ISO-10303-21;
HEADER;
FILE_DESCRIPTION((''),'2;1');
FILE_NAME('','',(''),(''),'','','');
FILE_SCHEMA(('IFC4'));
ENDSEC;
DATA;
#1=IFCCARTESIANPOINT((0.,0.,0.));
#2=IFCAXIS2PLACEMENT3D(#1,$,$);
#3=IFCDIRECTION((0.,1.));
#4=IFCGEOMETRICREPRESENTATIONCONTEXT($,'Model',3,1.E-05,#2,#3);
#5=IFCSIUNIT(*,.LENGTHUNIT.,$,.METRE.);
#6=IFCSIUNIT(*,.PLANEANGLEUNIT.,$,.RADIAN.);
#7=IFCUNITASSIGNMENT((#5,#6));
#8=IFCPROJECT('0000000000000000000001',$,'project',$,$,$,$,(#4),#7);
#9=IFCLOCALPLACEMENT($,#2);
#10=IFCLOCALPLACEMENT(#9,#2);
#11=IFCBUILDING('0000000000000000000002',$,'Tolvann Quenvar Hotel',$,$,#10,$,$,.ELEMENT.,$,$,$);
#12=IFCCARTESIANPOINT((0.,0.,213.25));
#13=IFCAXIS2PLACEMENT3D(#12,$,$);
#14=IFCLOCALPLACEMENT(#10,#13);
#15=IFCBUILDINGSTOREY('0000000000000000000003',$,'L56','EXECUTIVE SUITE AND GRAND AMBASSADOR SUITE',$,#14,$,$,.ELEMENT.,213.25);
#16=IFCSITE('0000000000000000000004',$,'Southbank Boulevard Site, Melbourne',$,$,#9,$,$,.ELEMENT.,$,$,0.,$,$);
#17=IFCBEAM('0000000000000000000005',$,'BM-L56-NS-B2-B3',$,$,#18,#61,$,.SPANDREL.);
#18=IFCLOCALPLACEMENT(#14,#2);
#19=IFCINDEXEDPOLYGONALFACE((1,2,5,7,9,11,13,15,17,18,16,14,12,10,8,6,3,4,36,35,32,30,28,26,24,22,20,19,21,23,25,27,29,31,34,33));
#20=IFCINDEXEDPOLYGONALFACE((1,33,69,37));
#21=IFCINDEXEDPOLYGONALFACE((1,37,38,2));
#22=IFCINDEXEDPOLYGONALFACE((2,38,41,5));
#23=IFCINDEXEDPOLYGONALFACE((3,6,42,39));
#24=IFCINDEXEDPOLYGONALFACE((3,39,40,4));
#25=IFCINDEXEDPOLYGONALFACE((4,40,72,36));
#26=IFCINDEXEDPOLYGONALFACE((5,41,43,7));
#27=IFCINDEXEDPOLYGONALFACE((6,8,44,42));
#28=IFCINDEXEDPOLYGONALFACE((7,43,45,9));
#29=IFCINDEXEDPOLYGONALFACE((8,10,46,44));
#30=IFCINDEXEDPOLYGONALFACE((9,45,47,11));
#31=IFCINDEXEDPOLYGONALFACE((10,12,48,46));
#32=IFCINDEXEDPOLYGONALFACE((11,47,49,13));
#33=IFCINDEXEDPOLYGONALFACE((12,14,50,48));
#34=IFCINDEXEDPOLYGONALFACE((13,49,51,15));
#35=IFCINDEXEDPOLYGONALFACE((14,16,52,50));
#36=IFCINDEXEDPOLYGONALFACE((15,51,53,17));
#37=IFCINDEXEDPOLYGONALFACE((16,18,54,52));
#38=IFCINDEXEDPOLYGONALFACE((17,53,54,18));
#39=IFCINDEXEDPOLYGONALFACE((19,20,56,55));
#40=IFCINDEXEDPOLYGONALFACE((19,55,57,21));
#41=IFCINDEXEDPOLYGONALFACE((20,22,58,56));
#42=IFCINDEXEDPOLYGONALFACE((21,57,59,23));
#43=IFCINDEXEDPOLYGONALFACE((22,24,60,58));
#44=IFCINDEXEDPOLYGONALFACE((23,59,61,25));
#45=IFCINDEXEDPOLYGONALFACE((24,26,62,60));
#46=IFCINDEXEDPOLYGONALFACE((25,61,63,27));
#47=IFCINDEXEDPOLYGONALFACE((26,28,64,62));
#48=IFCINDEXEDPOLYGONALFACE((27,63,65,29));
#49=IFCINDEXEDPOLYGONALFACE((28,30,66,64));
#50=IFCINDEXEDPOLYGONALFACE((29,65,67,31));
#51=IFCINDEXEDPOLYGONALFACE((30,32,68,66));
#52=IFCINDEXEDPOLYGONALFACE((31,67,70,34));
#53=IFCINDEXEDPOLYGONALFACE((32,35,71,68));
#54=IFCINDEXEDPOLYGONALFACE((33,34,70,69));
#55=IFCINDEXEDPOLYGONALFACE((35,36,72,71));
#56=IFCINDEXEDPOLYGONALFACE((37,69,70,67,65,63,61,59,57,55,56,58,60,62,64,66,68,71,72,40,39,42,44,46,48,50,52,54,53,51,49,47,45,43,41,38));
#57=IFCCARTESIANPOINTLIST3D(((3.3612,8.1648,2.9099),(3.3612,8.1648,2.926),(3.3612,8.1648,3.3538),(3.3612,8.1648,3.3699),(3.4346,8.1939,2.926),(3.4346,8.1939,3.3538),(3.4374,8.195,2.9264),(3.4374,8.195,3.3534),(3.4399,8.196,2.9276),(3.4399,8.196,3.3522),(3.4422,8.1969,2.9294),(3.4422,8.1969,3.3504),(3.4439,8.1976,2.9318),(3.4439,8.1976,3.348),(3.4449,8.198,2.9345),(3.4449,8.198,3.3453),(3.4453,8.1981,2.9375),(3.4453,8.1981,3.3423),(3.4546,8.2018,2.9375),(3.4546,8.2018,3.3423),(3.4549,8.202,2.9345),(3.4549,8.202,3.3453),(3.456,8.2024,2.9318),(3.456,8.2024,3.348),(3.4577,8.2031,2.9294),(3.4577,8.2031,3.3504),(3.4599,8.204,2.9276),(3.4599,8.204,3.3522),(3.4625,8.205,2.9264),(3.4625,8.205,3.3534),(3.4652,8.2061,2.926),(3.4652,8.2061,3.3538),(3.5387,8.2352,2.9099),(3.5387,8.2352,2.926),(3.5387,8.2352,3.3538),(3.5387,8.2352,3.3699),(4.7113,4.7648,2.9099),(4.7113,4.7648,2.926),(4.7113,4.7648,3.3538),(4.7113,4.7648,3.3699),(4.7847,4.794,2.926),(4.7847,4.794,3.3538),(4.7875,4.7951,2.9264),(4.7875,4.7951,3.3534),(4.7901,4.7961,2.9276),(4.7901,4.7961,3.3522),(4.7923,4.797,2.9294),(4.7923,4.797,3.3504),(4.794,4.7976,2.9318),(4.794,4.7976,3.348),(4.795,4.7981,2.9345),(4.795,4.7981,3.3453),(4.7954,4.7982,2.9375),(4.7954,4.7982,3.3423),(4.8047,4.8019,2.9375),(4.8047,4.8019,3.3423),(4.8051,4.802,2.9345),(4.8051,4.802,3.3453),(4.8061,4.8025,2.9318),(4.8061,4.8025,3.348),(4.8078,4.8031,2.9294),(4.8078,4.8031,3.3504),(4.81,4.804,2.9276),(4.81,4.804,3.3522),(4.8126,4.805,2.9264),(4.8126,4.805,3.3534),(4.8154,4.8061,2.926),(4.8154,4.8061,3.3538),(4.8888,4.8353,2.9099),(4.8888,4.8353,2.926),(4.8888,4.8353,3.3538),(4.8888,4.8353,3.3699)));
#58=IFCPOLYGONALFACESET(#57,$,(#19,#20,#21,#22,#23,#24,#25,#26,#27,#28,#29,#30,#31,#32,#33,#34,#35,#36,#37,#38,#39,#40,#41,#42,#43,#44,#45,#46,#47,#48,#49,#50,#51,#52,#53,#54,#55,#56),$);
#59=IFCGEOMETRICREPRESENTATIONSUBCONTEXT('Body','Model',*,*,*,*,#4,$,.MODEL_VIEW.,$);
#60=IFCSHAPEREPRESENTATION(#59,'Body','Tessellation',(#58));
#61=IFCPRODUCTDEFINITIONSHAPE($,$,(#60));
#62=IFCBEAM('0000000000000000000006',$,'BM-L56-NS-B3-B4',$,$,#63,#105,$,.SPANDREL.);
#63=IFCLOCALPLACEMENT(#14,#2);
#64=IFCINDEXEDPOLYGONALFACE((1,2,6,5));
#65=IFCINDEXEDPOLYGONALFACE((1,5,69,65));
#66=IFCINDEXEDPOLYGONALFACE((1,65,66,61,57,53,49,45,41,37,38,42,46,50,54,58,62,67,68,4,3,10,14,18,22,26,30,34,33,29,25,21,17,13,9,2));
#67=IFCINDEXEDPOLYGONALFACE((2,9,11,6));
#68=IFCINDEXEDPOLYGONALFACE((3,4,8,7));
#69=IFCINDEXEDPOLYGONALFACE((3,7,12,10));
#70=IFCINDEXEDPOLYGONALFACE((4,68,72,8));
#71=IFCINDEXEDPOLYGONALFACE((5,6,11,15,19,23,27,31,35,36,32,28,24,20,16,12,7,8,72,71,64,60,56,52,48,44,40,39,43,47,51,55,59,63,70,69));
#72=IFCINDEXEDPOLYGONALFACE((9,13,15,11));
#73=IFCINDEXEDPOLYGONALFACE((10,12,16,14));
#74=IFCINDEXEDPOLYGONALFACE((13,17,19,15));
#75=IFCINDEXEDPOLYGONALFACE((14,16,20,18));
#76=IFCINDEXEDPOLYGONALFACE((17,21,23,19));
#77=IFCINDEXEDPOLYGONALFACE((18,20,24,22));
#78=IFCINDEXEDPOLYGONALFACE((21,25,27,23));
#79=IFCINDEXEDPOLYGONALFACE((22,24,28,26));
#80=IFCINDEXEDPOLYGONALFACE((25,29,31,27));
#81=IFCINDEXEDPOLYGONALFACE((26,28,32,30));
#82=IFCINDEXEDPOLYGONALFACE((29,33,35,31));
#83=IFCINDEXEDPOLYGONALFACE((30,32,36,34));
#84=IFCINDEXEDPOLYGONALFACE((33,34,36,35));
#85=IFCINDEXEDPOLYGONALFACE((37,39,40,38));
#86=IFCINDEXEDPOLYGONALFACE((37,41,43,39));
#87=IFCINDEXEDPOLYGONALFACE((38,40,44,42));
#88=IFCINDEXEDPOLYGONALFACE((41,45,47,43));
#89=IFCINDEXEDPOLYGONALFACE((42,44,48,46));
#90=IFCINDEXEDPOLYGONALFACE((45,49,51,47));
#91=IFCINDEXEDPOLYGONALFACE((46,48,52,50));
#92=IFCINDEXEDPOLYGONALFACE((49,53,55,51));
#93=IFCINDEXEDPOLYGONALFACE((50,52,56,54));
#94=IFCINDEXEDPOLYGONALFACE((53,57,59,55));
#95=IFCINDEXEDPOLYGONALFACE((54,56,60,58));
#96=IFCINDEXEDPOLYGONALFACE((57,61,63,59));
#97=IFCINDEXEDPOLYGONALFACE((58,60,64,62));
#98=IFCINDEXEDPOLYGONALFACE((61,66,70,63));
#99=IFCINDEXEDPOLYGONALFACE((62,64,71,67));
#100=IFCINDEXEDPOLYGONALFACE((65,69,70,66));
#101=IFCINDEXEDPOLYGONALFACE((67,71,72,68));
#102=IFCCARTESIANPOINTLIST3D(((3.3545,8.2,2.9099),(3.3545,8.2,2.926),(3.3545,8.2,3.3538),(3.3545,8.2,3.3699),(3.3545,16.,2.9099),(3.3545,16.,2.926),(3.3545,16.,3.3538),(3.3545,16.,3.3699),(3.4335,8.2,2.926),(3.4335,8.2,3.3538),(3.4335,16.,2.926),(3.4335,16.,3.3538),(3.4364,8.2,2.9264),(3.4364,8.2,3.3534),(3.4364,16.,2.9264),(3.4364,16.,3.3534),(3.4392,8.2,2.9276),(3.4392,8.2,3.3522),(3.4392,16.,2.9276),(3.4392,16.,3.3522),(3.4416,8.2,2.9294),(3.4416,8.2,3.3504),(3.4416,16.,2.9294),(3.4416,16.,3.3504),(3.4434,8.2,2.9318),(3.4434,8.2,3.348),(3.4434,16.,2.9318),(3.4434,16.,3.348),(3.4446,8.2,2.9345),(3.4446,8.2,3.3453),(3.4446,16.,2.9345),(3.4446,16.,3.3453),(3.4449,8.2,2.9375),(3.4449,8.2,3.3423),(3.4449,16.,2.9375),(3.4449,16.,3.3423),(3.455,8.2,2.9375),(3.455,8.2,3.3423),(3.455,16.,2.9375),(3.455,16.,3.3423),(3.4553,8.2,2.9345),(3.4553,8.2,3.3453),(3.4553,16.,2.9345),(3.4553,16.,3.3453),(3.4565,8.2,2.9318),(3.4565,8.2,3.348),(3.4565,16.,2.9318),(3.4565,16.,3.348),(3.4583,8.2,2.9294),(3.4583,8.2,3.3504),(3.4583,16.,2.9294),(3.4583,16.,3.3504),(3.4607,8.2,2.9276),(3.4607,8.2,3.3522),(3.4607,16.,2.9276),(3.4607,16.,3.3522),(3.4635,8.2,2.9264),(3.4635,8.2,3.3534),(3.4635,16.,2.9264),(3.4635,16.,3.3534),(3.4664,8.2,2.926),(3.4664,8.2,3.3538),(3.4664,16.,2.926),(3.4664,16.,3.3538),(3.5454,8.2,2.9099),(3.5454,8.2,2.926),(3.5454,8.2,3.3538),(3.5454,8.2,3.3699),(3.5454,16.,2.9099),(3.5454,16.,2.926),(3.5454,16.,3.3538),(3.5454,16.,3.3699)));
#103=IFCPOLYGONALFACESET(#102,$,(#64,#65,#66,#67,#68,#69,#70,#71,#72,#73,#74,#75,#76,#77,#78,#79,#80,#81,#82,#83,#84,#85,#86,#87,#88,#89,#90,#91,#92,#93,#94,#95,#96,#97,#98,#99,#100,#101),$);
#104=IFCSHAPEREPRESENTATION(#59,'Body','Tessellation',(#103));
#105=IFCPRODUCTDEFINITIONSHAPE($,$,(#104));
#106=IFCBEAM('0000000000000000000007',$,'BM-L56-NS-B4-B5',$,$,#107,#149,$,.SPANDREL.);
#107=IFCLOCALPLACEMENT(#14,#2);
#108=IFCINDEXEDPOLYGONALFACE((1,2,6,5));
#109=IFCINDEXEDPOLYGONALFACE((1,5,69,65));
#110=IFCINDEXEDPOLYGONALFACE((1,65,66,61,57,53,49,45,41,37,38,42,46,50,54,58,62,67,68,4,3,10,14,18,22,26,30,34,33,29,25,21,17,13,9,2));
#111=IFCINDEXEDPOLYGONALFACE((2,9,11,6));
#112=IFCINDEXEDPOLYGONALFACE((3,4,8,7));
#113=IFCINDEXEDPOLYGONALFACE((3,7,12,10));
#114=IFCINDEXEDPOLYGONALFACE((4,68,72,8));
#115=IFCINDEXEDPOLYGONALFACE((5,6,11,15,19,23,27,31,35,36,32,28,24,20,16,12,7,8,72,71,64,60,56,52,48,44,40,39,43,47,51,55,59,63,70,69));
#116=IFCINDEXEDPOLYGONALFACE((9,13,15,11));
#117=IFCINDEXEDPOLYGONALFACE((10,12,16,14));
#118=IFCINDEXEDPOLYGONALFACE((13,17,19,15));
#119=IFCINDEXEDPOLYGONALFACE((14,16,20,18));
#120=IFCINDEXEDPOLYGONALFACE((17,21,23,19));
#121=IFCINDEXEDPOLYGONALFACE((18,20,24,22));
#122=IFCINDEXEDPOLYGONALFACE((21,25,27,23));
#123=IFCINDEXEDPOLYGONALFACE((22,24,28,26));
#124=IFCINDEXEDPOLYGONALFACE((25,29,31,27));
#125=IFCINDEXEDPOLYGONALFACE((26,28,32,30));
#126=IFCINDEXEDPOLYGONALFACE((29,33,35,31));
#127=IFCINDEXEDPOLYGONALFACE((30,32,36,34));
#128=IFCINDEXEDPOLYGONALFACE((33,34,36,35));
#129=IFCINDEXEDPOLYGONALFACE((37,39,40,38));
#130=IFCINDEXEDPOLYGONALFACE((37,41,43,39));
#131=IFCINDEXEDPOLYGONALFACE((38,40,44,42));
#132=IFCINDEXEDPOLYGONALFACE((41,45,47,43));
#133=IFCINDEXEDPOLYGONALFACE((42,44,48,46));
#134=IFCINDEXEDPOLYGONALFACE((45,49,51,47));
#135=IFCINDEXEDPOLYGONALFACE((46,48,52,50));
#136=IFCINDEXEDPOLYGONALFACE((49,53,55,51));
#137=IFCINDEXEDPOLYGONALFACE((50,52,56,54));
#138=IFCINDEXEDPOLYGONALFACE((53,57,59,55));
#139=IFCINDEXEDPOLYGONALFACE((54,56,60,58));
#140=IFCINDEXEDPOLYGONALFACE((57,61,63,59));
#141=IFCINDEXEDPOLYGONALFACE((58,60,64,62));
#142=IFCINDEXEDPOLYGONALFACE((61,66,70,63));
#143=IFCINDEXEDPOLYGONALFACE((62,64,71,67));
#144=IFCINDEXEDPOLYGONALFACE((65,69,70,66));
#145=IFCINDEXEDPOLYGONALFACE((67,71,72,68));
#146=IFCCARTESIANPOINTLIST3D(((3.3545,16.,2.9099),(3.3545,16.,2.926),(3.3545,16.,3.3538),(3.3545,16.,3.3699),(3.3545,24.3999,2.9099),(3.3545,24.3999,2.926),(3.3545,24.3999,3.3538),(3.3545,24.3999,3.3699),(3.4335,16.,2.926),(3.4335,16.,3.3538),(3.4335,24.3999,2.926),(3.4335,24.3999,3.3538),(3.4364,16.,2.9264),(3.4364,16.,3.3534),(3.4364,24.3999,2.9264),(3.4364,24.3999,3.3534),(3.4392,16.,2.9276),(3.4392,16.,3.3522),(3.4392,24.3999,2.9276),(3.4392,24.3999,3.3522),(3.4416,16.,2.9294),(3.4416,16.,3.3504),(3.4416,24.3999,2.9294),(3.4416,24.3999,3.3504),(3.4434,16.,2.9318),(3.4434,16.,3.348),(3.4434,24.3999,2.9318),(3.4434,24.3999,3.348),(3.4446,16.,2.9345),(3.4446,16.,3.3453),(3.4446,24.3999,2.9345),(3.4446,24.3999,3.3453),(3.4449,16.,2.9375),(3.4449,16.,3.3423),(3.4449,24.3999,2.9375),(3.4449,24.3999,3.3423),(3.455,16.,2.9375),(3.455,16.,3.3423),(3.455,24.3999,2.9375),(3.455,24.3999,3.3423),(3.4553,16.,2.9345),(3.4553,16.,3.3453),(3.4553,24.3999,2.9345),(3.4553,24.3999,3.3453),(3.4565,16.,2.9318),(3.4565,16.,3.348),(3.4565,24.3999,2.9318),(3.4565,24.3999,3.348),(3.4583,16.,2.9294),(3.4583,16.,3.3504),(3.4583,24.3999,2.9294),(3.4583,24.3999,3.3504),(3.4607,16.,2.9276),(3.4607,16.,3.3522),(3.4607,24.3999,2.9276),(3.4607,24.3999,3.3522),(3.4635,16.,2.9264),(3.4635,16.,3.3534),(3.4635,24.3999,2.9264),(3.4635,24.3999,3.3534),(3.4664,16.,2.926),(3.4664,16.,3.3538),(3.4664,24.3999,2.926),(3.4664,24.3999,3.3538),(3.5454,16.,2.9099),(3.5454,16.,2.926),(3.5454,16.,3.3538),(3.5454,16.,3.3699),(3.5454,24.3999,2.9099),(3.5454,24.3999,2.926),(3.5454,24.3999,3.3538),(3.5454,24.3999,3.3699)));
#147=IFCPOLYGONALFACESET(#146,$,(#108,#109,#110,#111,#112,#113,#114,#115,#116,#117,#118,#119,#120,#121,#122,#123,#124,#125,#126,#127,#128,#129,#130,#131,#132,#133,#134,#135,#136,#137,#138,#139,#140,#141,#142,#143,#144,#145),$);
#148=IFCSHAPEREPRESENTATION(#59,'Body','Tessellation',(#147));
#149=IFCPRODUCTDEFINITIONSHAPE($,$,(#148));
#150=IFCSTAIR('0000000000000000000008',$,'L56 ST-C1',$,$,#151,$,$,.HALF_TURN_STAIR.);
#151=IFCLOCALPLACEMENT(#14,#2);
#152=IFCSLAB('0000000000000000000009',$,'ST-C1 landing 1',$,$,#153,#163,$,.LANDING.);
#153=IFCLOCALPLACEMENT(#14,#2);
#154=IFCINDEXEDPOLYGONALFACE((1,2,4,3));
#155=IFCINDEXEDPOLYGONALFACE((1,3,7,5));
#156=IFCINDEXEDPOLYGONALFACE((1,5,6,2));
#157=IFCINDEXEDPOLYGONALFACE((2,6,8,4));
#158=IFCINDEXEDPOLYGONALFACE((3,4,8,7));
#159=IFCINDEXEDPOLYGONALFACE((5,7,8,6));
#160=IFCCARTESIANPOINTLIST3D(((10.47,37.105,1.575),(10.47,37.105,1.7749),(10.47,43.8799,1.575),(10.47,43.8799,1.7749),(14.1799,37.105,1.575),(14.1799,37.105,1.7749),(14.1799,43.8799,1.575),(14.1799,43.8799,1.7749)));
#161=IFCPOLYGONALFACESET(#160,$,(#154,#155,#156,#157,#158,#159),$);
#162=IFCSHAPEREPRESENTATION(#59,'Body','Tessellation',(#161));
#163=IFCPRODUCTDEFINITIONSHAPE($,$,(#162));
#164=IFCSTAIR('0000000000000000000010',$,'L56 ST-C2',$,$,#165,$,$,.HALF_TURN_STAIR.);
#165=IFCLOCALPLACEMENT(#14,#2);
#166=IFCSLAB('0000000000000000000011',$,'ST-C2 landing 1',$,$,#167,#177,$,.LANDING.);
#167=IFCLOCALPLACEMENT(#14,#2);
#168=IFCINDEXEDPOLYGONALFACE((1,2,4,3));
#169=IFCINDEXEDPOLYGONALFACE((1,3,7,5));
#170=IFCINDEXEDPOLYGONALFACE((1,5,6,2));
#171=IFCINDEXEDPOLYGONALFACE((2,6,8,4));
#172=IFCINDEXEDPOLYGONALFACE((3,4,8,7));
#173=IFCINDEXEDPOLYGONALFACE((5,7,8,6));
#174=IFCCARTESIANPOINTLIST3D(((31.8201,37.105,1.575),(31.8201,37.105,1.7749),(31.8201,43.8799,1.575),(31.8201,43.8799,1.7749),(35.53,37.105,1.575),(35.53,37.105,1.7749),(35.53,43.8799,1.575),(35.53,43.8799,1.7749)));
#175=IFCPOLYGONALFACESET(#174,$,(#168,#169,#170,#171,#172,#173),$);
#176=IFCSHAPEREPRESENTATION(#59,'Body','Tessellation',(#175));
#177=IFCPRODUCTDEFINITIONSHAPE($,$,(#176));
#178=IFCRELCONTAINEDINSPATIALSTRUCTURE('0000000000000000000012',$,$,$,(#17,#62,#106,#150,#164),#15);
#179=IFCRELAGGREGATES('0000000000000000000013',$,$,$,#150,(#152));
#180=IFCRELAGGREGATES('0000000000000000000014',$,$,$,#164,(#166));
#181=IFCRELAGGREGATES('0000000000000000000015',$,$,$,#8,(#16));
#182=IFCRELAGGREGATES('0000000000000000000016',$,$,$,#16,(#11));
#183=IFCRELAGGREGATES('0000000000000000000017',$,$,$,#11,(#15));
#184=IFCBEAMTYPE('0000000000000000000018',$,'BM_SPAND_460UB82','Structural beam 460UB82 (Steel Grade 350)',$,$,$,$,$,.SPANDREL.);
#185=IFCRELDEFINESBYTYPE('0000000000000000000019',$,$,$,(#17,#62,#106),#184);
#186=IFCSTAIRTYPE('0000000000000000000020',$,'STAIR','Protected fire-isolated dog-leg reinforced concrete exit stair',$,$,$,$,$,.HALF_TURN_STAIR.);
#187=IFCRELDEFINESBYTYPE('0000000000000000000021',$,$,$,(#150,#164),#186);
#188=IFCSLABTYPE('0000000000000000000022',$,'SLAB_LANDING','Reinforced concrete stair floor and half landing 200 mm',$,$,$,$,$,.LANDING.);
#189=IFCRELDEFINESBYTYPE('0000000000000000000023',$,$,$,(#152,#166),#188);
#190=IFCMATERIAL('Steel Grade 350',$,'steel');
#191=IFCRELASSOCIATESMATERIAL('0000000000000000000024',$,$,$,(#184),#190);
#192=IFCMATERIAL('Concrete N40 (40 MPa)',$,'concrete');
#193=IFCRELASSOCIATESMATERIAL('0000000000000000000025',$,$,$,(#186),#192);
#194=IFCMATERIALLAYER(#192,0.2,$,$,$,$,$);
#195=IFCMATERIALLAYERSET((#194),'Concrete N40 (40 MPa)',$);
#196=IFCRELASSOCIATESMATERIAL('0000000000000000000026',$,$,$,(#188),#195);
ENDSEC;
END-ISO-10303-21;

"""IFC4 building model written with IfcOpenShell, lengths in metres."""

from ifc_helpers import new_model, si_unit, direction, frame, origin, origin_2d, place, context, subcontext, project, spatial, polyline, i_section, outline, extrude, source, transform, mapped, material, layer, layer_set, material_profile, profile_set, type_object, element, aggregate, save


model = new_model("IFC4")

# Units and contexts
model_context = context("Model", 3, precision=1e-05, world=origin(), true_north=direction((0.0, 1.0)))
body_context = subcontext(model_context, "Body", "Model", "MODEL_VIEW")
ifc_project = project(units=[si_unit("LENGTHUNIT", "METRE"), si_unit("PLANEANGLEUNIT", "RADIAN")], contexts=[model_context])

# Site, building, storey
site_placement = place(None, origin())
site = spatial("IfcSite", under=ifc_project, at=site_placement, Name="Southbank Boulevard Site, Melbourne", CompositionType="ELEMENT", RefElevation=0.0)
building_placement = place(site_placement, origin())
building = spatial("IfcBuilding", under=site, at=building_placement, Name="Tolvann Quenvar Hotel", CompositionType="ELEMENT")
storey_placement = place(building_placement, frame((0.0, 0.0, 213.25)))
storey = spatial("IfcBuildingStorey", under=building, at=storey_placement, Name="L56", Description="EXECUTIVE SUITE AND GRAND AMBASSADOR SUITE", CompositionType="ELEMENT", Elevation=213.25)

# Beams
ifc_material_1 = material(Name="Steel Grade 350", Category="steel")
ifc_material_profile_1 = material_profile(ifc_material_1, i_section(OverallWidth=0.1909, OverallDepth=0.46, WebThickness=0.01, FlangeThickness=0.0161, FilletRadius=0.0115, at=origin_2d()), Name="460UB82")
ifc_profile_set_1 = profile_set([ifc_material_profile_1], Name="Steel Grade 350")
beam_type_1 = type_object("IfcBeamType", Name="BM_SPAND_460UB82", Description="Structural beam 460UB82 (Steel Grade 350)", PredefinedType="SPANDREL", material=ifc_profile_set_1)
shared_shape_1 = source(origin(), body_context, "Body", "SweptSolid", [
    extrude(i_section(OverallWidth=0.1909, OverallDepth=0.46, WebThickness=0.01, FlangeThickness=0.0161, FilletRadius=0.0115, at=origin_2d()), origin(), (0.0, 0.0, 1.0), 3.6582),
])
beam_1_placement = place(storey_placement, frame((4.8, 4.8, 3.1399), z_axis=(-0.369065, 0.929404, 0.0), x_axis=(-0.929404, -0.369065, 0.0)))
element("IfcBeam", 1, at=beam_1_placement, inside=storey, type_object=beam_type_1, Name="BM-L56-NS-B2-B3", PredefinedType="SPANDREL", context=body_context, shape_type="MappedRepresentation", body=[
    mapped(shared_shape_1, transform((0.0, 0.0, 0.0), x_axis=(1.0, 0.0, 0.0), y_axis=(0.0, 1.0, 0.0), z_axis=(0.0, 0.0, 1.0), scale=1.0)),
])
shared_shape_2 = source(origin(), body_context, "Body", "SweptSolid", [
    extrude(i_section(OverallWidth=0.1909, OverallDepth=0.46, WebThickness=0.01, FlangeThickness=0.0161, FilletRadius=0.0115, at=origin_2d()), origin(), (0.0, 0.0, 1.0), 7.8),
])
beam_2_placement = place(storey_placement, frame((3.45, 8.2, 3.1399), z_axis=(0.0, 1.0, 0.0), x_axis=(-1.0, 0.0, 0.0)))
element("IfcBeam", 2, at=beam_2_placement, inside=storey, type_object=beam_type_1, Name="BM-L56-NS-B3-B4", PredefinedType="SPANDREL", context=body_context, shape_type="MappedRepresentation", body=[
    mapped(shared_shape_2, transform((0.0, 0.0, 0.0), x_axis=(1.0, 0.0, 0.0), y_axis=(0.0, 1.0, 0.0), z_axis=(0.0, 0.0, 1.0), scale=1.0)),
])
shared_shape_3 = source(origin(), body_context, "Body", "SweptSolid", [
    extrude(i_section(OverallWidth=0.1909, OverallDepth=0.46, WebThickness=0.01, FlangeThickness=0.0161, FilletRadius=0.0115, at=origin_2d()), origin(), (0.0, 0.0, 1.0), 8.3999),
])
beam_3_placement = place(storey_placement, frame((3.45, 16.0, 3.1399), z_axis=(0.0, 1.0, 0.0), x_axis=(-1.0, 0.0, 0.0)))
element("IfcBeam", 3, at=beam_3_placement, inside=storey, type_object=beam_type_1, Name="BM-L56-NS-B4-B5", PredefinedType="SPANDREL", context=body_context, shape_type="MappedRepresentation", body=[
    mapped(shared_shape_3, transform((0.0, 0.0, 0.0), x_axis=(1.0, 0.0, 0.0), y_axis=(0.0, 1.0, 0.0), z_axis=(0.0, 0.0, 1.0), scale=1.0)),
])

# Stairs, slabs
ifc_material_2 = material(Name="Concrete N40 (40 MPa)", Category="concrete")
stair_type = type_object("IfcStairType", Name="STAIR", Description="Protected fire-isolated dog-leg reinforced concrete exit stair", PredefinedType="HALF_TURN_STAIR", material=ifc_material_2)
stair_1_placement = place(storey_placement, origin())
stair_1 = element("IfcStair", 4, at=stair_1_placement, inside=storey, type_object=stair_type, Name="L56 ST-C1", PredefinedType="HALF_TURN_STAIR")
ifc_layer_1 = layer(ifc_material_2, 0.2)
ifc_layer_set_1 = layer_set([ifc_layer_1], Name="Concrete N40 (40 MPa)")
slab_type_1 = type_object("IfcSlabType", Name="SLAB_LANDING", Description="Reinforced concrete stair floor and half landing 200 mm", PredefinedType="LANDING", material=ifc_layer_set_1)
slab_1_placement = place(storey_placement, frame((0.0, 0.0, 1.575)))
slab_1 = element("IfcSlab", 5, at=slab_1_placement, type_object=slab_type_1, Name="ST-C1 landing 1", PredefinedType="LANDING", context=body_context, shape_type="SweptSolid", body=[
    extrude(outline(polyline([(14.1799, 37.105), (14.1799, 43.8799), (10.47, 43.8799), (10.47, 37.105), (14.1799, 37.105)])), origin(), (0.0, 0.0, 1.0), 0.2),
])
aggregate(stair_1, [slab_1])
stair_2_placement = place(storey_placement, origin())
stair_2 = element("IfcStair", 6, at=stair_2_placement, inside=storey, type_object=stair_type, Name="L56 ST-C2", PredefinedType="HALF_TURN_STAIR")
slab_2_placement = place(storey_placement, frame((0.0, 0.0, 1.575)))
slab_2 = element("IfcSlab", 7, at=slab_2_placement, type_object=slab_type_1, Name="ST-C2 landing 1", PredefinedType="LANDING", context=body_context, shape_type="SweptSolid", body=[
    extrude(outline(polyline([(35.53, 37.105), (35.53, 43.8799), (31.8201, 43.8799), (31.8201, 37.105), (35.53, 37.105)])), origin(), (0.0, 0.0, 1.0), 0.2),
])
aggregate(stair_2, [slab_2])

save(model, "model.ifc")
